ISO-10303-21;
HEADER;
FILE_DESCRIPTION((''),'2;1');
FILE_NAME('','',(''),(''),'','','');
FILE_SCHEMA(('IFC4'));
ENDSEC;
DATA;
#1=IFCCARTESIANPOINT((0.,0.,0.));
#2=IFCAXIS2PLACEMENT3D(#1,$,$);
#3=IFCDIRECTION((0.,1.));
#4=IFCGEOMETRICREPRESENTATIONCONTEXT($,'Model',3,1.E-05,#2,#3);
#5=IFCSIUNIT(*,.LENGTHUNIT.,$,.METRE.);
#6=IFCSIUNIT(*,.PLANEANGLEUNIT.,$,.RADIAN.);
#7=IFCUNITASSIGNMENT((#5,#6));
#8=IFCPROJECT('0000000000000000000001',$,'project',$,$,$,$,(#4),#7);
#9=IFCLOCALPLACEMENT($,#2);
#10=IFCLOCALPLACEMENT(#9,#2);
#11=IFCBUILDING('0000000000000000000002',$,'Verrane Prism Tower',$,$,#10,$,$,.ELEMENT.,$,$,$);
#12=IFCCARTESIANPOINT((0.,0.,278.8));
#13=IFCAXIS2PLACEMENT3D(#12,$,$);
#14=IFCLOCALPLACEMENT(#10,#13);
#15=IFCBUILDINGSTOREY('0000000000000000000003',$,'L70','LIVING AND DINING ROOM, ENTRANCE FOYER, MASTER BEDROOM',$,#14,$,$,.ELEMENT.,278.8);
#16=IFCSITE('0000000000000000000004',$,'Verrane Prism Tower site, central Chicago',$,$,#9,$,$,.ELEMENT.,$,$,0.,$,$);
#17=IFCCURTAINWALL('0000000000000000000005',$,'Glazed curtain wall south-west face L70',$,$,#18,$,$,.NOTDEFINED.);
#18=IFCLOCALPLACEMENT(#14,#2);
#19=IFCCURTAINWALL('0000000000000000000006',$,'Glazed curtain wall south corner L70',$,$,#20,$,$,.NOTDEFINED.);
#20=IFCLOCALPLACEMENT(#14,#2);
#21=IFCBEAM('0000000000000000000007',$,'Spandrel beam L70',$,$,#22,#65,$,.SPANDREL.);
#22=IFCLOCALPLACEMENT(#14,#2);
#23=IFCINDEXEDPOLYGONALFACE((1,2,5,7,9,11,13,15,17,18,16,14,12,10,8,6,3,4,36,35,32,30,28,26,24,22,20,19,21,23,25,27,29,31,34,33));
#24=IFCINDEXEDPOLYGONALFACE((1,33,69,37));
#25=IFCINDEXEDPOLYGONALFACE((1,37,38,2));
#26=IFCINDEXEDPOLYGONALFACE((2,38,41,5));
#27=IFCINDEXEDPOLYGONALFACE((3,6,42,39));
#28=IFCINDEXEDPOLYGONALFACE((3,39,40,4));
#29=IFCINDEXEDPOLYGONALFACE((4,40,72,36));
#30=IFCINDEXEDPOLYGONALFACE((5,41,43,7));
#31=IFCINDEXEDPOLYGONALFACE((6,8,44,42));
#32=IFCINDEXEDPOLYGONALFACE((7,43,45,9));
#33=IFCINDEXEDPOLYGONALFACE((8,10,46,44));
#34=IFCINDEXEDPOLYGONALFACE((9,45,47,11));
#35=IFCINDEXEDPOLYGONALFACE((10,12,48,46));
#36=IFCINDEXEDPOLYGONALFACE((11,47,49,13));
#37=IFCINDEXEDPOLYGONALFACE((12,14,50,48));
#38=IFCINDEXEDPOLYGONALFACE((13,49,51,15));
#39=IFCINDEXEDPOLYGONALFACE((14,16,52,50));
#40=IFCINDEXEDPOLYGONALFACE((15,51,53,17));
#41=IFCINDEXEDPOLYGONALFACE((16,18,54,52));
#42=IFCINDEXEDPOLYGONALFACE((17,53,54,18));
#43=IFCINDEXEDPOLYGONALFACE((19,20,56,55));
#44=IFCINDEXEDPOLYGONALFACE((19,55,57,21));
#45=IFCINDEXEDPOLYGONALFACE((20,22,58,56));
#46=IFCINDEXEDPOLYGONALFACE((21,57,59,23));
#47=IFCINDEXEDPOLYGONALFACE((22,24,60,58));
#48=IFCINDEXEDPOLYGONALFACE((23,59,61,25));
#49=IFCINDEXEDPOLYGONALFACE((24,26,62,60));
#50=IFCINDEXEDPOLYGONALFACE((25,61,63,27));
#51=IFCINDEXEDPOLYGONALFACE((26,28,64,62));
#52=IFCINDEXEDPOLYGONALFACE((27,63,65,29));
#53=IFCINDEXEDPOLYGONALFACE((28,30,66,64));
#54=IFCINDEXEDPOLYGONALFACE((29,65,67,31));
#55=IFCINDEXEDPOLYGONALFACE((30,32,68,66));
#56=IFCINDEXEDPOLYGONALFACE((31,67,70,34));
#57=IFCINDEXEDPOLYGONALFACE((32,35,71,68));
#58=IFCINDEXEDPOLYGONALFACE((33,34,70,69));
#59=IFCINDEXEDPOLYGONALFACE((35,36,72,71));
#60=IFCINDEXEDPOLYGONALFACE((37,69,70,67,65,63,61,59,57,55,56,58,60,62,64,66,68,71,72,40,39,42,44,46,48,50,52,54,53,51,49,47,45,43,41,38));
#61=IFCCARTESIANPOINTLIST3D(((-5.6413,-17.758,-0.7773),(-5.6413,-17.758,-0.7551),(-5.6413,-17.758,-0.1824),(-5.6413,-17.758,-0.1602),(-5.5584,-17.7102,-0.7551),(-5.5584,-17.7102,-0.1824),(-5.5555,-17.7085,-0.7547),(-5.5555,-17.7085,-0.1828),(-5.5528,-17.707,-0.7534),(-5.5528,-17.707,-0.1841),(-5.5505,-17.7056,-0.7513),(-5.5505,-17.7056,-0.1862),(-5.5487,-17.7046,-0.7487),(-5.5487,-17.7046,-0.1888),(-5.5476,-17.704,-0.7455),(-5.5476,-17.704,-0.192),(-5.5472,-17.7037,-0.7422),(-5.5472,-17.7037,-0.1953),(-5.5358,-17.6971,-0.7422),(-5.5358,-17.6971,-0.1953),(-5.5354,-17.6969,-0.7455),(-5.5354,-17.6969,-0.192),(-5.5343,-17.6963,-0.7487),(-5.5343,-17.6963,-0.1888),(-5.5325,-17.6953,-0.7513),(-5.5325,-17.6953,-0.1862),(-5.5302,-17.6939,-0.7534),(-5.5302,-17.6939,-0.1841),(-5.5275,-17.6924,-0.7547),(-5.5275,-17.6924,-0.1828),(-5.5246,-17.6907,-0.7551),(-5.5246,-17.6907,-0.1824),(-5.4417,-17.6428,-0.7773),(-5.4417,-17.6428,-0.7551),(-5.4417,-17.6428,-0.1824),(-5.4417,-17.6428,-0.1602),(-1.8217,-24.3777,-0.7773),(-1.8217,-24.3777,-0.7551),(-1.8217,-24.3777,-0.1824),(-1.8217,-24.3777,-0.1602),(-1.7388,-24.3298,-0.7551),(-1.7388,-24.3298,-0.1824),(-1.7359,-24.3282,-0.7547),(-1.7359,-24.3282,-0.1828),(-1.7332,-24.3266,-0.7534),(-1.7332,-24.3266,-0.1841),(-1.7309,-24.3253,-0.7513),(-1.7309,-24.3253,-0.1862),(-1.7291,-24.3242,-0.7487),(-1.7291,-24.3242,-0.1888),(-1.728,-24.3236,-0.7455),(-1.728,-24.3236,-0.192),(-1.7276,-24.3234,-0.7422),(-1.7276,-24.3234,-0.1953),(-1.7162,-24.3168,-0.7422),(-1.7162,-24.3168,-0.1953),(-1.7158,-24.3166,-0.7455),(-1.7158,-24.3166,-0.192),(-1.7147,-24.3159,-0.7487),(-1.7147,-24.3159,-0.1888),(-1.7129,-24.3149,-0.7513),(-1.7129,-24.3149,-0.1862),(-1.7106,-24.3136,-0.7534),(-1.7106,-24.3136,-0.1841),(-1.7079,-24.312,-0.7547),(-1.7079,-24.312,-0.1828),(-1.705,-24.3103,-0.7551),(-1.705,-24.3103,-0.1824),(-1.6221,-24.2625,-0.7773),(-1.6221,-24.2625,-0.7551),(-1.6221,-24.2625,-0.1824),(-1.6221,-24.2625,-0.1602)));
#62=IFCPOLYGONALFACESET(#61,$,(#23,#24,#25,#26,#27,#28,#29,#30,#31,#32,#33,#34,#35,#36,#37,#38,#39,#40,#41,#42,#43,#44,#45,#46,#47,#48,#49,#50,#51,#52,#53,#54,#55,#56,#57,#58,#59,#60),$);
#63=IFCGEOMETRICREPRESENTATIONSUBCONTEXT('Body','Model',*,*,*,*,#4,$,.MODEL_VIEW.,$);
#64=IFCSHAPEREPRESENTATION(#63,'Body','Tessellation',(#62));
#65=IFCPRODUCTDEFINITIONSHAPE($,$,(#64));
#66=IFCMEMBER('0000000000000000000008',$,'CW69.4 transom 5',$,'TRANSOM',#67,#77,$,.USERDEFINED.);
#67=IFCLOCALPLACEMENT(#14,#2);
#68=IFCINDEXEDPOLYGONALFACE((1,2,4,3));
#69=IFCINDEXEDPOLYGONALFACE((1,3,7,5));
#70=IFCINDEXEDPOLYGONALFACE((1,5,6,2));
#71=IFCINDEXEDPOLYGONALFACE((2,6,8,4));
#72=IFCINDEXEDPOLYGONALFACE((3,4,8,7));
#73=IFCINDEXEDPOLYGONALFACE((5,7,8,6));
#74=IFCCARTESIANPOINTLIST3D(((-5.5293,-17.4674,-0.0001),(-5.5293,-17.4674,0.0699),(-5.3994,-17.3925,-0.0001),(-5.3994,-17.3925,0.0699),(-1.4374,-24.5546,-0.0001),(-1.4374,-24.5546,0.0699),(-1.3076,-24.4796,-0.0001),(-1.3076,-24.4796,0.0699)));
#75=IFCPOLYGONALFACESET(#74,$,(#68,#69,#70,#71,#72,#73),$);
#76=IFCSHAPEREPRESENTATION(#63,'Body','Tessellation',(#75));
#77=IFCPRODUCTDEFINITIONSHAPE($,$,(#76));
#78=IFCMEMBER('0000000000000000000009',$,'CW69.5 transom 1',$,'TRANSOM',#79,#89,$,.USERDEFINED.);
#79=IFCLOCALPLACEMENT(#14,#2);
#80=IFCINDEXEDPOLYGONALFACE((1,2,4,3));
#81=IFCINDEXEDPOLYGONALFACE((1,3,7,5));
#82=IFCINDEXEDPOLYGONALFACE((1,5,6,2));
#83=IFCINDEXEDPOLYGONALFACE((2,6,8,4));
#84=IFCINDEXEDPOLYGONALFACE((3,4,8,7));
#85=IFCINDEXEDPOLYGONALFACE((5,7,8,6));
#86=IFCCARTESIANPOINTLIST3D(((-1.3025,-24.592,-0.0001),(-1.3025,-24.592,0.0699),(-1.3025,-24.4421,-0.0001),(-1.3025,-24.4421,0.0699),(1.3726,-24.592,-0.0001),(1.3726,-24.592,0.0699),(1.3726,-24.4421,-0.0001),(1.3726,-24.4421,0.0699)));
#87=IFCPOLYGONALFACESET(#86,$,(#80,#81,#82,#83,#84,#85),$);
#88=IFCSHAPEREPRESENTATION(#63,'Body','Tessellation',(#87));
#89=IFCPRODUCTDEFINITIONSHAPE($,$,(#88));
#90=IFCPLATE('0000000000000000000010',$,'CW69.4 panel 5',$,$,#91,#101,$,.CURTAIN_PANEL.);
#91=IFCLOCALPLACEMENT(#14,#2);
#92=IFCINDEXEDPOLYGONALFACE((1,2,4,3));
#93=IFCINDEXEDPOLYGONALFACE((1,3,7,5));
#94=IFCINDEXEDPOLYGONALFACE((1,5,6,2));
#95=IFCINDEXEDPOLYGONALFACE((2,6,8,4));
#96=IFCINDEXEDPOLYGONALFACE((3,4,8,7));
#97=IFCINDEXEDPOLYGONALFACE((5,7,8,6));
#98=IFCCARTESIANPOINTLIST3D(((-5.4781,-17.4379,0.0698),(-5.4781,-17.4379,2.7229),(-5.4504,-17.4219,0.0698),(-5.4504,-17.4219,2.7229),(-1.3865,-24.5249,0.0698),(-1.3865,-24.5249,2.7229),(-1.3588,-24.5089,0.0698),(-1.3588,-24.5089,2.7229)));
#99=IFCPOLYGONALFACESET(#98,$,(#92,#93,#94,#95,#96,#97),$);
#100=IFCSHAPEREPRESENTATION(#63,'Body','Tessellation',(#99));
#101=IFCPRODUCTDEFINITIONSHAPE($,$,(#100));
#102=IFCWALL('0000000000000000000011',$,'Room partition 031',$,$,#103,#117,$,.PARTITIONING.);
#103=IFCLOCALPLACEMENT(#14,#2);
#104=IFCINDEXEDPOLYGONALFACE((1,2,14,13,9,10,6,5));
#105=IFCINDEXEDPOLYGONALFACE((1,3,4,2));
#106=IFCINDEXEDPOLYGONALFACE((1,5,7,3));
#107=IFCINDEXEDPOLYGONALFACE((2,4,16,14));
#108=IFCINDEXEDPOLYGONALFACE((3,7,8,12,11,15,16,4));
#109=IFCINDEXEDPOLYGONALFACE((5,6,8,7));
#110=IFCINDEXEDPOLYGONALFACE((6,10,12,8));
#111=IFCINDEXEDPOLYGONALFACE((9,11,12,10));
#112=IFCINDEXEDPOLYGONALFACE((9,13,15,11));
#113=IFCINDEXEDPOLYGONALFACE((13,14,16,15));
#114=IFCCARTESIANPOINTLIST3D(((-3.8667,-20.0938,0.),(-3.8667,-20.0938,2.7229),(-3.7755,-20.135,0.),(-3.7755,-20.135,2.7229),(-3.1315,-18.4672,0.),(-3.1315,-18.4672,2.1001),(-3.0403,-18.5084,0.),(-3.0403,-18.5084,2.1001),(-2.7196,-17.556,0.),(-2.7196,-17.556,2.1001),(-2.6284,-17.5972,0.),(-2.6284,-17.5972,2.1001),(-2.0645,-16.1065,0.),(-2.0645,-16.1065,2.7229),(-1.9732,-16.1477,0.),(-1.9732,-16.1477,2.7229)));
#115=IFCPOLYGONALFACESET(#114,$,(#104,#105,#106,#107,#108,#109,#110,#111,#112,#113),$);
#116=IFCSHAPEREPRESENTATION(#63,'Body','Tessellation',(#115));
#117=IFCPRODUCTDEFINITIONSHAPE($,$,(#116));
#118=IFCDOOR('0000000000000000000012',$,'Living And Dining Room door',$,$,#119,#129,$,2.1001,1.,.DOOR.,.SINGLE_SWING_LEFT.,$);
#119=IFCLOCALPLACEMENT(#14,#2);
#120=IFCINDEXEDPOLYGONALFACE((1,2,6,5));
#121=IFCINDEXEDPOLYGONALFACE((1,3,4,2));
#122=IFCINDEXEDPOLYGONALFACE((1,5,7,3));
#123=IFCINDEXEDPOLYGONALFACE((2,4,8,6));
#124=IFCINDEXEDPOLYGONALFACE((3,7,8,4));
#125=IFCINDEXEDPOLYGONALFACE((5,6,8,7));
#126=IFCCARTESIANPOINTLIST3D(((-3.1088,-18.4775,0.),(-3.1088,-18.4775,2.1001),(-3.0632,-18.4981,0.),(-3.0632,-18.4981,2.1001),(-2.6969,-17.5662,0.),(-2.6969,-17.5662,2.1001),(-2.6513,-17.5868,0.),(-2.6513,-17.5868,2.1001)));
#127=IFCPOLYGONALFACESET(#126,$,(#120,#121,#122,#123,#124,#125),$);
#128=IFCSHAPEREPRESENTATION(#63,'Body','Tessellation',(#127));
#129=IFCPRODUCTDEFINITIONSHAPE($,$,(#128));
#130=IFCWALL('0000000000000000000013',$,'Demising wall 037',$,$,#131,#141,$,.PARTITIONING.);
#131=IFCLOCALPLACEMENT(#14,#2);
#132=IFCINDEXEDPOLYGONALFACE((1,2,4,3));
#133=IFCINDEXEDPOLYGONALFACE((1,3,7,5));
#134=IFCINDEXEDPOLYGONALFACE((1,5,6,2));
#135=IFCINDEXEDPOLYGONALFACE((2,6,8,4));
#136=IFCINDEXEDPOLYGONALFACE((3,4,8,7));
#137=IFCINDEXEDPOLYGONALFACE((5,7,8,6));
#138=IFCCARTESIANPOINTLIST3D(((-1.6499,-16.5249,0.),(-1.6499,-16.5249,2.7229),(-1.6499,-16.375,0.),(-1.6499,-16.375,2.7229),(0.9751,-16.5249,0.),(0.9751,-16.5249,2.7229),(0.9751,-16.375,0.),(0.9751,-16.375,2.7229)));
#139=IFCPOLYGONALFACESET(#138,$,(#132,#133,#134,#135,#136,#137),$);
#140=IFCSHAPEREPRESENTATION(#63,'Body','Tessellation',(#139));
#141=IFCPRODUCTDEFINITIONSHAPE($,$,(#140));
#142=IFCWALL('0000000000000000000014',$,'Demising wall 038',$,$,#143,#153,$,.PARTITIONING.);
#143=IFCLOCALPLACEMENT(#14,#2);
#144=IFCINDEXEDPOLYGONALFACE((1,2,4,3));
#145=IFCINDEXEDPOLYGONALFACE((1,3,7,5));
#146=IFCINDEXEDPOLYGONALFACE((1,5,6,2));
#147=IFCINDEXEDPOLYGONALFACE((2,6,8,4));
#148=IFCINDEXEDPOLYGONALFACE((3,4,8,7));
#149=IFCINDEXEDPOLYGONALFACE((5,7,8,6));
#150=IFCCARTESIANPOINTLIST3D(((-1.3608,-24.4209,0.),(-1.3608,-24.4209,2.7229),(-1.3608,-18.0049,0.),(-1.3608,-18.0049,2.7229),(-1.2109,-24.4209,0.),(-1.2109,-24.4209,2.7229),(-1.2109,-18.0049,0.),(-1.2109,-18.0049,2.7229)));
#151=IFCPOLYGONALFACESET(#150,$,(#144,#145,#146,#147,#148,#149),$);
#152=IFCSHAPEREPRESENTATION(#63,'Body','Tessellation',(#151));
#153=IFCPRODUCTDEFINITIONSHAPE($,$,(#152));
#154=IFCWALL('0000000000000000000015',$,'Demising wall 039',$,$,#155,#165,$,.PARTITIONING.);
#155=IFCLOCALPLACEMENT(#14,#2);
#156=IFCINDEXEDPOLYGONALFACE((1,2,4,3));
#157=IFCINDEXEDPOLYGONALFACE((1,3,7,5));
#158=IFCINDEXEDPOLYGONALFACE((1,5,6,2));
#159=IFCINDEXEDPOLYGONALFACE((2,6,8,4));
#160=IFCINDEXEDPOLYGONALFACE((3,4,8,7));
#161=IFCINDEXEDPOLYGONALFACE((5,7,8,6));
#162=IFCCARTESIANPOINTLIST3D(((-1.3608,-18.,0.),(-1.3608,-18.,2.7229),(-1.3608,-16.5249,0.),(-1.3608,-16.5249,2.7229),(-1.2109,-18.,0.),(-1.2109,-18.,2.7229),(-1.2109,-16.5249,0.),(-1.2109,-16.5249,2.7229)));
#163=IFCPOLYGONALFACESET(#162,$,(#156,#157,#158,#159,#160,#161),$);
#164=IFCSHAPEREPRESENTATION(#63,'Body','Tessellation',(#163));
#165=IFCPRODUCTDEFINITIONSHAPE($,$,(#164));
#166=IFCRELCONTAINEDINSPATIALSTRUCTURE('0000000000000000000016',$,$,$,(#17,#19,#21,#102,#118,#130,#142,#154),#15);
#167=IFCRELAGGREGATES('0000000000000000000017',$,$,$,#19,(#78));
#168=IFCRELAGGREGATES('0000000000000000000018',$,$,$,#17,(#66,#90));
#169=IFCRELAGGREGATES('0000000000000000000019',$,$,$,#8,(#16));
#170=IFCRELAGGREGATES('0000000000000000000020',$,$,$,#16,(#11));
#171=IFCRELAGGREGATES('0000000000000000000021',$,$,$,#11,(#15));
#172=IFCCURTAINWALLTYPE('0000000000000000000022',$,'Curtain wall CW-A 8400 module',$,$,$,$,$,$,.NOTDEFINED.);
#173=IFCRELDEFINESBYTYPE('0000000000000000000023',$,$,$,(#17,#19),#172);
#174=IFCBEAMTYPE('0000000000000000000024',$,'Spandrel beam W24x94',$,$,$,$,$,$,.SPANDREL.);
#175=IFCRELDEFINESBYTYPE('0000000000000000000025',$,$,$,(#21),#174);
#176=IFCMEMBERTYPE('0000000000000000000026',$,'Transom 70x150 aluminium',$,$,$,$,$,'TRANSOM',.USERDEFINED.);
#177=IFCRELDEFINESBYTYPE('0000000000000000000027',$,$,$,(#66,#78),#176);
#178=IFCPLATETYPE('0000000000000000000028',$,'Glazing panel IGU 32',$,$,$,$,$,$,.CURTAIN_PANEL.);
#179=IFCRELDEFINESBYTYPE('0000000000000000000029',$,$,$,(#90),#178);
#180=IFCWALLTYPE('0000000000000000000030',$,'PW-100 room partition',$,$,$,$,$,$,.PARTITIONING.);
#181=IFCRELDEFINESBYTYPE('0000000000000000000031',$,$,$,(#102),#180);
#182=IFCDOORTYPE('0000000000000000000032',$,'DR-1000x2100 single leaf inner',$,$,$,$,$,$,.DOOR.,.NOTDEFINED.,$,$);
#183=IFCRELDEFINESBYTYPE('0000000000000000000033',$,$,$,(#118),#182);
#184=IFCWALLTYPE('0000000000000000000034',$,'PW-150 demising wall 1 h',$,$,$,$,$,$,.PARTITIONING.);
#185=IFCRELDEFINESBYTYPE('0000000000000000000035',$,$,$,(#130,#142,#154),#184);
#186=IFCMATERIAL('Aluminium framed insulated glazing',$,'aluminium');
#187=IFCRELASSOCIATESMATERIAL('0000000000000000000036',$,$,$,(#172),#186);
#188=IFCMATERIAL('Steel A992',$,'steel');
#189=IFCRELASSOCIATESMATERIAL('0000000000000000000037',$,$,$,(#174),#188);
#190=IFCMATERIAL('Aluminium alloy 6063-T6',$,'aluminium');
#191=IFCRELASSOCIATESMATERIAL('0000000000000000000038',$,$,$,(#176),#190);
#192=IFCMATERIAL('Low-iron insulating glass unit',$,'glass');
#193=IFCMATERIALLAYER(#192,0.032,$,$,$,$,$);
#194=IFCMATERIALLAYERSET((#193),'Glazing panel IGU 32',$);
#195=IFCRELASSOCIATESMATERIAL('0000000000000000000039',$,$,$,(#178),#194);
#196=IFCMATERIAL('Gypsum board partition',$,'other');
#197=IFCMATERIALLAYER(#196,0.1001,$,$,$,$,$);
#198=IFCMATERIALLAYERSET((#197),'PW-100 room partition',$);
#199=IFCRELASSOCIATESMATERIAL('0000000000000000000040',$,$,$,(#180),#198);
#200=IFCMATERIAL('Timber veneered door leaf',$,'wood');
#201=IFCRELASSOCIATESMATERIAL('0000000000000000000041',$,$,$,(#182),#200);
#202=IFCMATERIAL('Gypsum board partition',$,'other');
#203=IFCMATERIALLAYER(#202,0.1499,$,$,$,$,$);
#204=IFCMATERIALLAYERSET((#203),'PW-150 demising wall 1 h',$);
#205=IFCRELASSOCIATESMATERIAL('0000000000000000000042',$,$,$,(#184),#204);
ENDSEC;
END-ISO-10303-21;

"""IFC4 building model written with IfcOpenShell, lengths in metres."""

from ifc_helpers import new_model, si_unit, direction, frame, frame_2d, origin, origin_2d, place, context, subcontext, project, spatial, rectangle, i_section, extrude, material, layer, layer_set, material_profile, profile_set, type_object, element, fill, aggregate, save


model = new_model("IFC4")

# Units and contexts
model_context = context("Model", 3, precision=1e-05, world=origin(), true_north=direction((0.0, 1.0)))
body_context = subcontext(model_context, "Body", "Model", "MODEL_VIEW")
ifc_project = project(units=[si_unit("LENGTHUNIT", "METRE"), si_unit("PLANEANGLEUNIT", "RADIAN")], contexts=[model_context])

# Site, building, storey
site_placement = place(None, origin())
site = spatial("IfcSite", under=ifc_project, at=site_placement, Name="Verrane Prism Tower site, central Chicago", CompositionType="ELEMENT", RefElevation=0.0)
building_placement = place(site_placement, origin())
building = spatial("IfcBuilding", under=site, at=building_placement, Name="Verrane Prism Tower", CompositionType="ELEMENT")
storey_placement = place(building_placement, frame((0.0, 0.0, 278.8)))
storey = spatial("IfcBuildingStorey", under=building, at=storey_placement, Name="L70", Description="LIVING AND DINING ROOM, ENTRANCE FOYER, MASTER BEDROOM", CompositionType="ELEMENT", Elevation=278.8)

# Curtain walls
ifc_material_1 = material(Name="Aluminium framed insulated glazing", Category="aluminium")
curtain_wall_type = type_object("IfcCurtainWallType", Name="Curtain wall CW-A 8400 module", PredefinedType="NOTDEFINED", material=ifc_material_1)
curtain_wall_1_placement = place(storey_placement, origin())
curtain_wall_1 = element("IfcCurtainWall", 1, at=curtain_wall_1_placement, inside=storey, type_object=curtain_wall_type, Name="Glazed curtain wall south-west face L70", PredefinedType="NOTDEFINED")
curtain_wall_2_placement = place(storey_placement, origin())
curtain_wall_2 = element("IfcCurtainWall", 2, at=curtain_wall_2_placement, inside=storey, type_object=curtain_wall_type, Name="Glazed curtain wall south corner L70", PredefinedType="NOTDEFINED")

# Beam
ifc_material_2 = material(Name="Steel A992", Category="steel")
ifc_material_profile_1 = material_profile(ifc_material_2, i_section(OverallWidth=0.2305, OverallDepth=0.6172, WebThickness=0.0132, FlangeThickness=0.0222, FilletRadius=0.0129, at=origin_2d()), Name="W24x94")
ifc_profile_set_1 = profile_set([ifc_material_profile_1], Name="Steel A992")
beam_type_1 = type_object("IfcBeamType", Name="Spandrel beam W24x94", PredefinedType="SPANDREL", material=ifc_profile_set_1)
beam_1_placement = place(storey_placement, frame((-5.5415, -17.7004, -0.4688), z_axis=(0.499778, -0.866154, 0.0), x_axis=(0.866154, 0.499778, 0.0)))
element("IfcBeam", 3, at=beam_1_placement, inside=storey, type_object=beam_type_1, Name="Spandrel beam L70", PredefinedType="SPANDREL", context=body_context, shape_type="SweptSolid", body=[
    extrude(i_section(OverallWidth=0.2305, OverallDepth=0.6172, WebThickness=0.0132, FlangeThickness=0.0222, FilletRadius=0.0129, at=origin_2d()), origin(), (0.0, 0.0, 1.0), 7.6426),
])

# Members
ifc_material_3 = material(Name="Aluminium alloy 6063-T6", Category="aluminium")
ifc_material_profile_2 = material_profile(ifc_material_3, rectangle(XDim=0.1499, YDim=0.0701, at=origin_2d()), Name="Transom 70x150 aluminium")
ifc_profile_set_2 = profile_set([ifc_material_profile_2], Name="Aluminium alloy 6063-T6")
member_type_1 = type_object("IfcMemberType", Name="Transom 70x150 aluminium", ElementType="TRANSOM", PredefinedType="USERDEFINED", material=ifc_profile_set_2)
member_1_placement = place(storey_placement, frame((-5.4644, -17.4299, 0.0349), z_axis=(0.500002, -0.866024, 0.0), x_axis=(0.866024, 0.500002, 0.0)))
member_1 = element("IfcMember", 4, at=member_1_placement, type_object=member_type_1, Name="CW69.4 transom 5", ObjectType="TRANSOM", PredefinedType="USERDEFINED", context=body_context, shape_type="SweptSolid", body=[
    extrude(rectangle(XDim=0.1499, YDim=0.0701, at=origin_2d()), origin(), (0.0, 0.0, 1.0), 8.1836),
])
member_2_placement = place(storey_placement, frame((-1.3025, -24.5171, 0.0349), z_axis=(1.0, 0.0, 0.0), x_axis=(0.0, 1.0, 0.0)))
member_2 = element("IfcMember", 5, at=member_2_placement, type_object=member_type_1, Name="CW69.5 transom 1", ObjectType="TRANSOM", PredefinedType="USERDEFINED", context=body_context, shape_type="SweptSolid", body=[
    extrude(rectangle(XDim=0.1499, YDim=0.0701, at=origin_2d()), origin(), (0.0, 0.0, 1.0), 2.675),
])
aggregate(curtain_wall_2, [member_2])

# Plate
ifc_material_4 = material(Name="Low-iron insulating glass unit", Category="glass")
ifc_layer_1 = layer(ifc_material_4, 0.032)
ifc_layer_set_1 = layer_set([ifc_layer_1], Name="Glazing panel IGU 32")
plate_type = type_object("IfcPlateType", Name="Glazing panel IGU 32", PredefinedType="CURTAIN_PANEL", material=ifc_layer_set_1)
plate_placement = place(storey_placement, frame((-3.4185, -20.9734, 0.0698), z_axis=(0.0, 0.0, 1.0), x_axis=(0.500001, -0.866025, 0.0)))
plate = element("IfcPlate", 6, at=plate_placement, type_object=plate_type, Name="CW69.4 panel 5", PredefinedType="CURTAIN_PANEL", context=body_context, shape_type="SweptSolid", body=[
    extrude(rectangle(XDim=8.1833, YDim=0.032, at=origin_2d()), origin(), (0.0, 0.0, 1.0), 2.6531),
])
aggregate(curtain_wall_1, [member_1, plate])

# Wall, opening, door
ifc_material_5 = material(Name="Gypsum board partition", Category="other")
ifc_layer_2 = layer(ifc_material_5, 0.1001)
ifc_layer_set_2 = layer_set([ifc_layer_2], Name="PW-100 room partition")
wall_type_1 = type_object("IfcWallType", Name="PW-100 room partition", PredefinedType="PARTITIONING", material=ifc_layer_set_2)
wall_1_placement = place(storey_placement, frame((-2.0188, -16.127, 0.0), z_axis=(0.0, 0.0, 1.0), x_axis=(-0.411877, -0.91124, 0.0)))
wall_1 = element("IfcWall", 7, at=wall_1_placement, inside=storey, type_object=wall_type_1, Name="Room partition 031", PredefinedType="PARTITIONING", context=body_context, shape_type="SweptSolid", body=[
    extrude(rectangle(XDim=4.3757, YDim=0.1001, at=frame_2d((2.188, 0.0))), origin(), (0.0, 0.0, 1.0), 2.7229),
])
opening_1_placement = place(wall_1_placement, frame((1.5908, 0.0, 0.0)))
opening_1 = element("IfcOpeningElement", 8, at=opening_1_placement, cuts=wall_1, PredefinedType="OPENING", context=body_context, shape_type="SweptSolid", body=[
    extrude(rectangle(XDim=1.0, YDim=2.1001, at=frame_2d((0.5, 1.05))), frame((0.0, 0.0601, 0.0), z_axis=(0.0, -1.0, 0.0), x_axis=(1.0, 0.0, 0.0)), (0.0, 0.0, 1.0), 0.1201),
])
ifc_material_6 = material(Name="Timber veneered door leaf", Category="wood")
door_type_1 = type_object("IfcDoorType", Name="DR-1000x2100 single leaf inner", OperationType="NOTDEFINED", PredefinedType="DOOR", material=ifc_material_6)
door_1_placement = place(opening_1_placement, origin())
door_1 = element("IfcDoor", 9, at=door_1_placement, inside=storey, type_object=door_type_1, Name="Living And Dining Room door", OperationType="SINGLE_SWING_LEFT", OverallHeight=2.1001, OverallWidth=1.0, PredefinedType="DOOR", context=body_context, shape_type="SweptSolid", body=[
    extrude(rectangle(XDim=1.0, YDim=2.1001, at=frame_2d((0.5, 1.05))), frame((0.0, 0.0249, 0.0), z_axis=(0.0, -1.0, 0.0), x_axis=(1.0, 0.0, 0.0)), (0.0, 0.0, 1.0), 0.05),
])
fill(opening_1, door_1)

# Walls
ifc_material_7 = material(Name="Gypsum board partition", Category="other")
ifc_layer_3 = layer(ifc_material_7, 0.1499)
ifc_layer_set_3 = layer_set([ifc_layer_3], Name="PW-150 demising wall 1 h")
wall_type_2 = type_object("IfcWallType", Name="PW-150 demising wall 1 h", PredefinedType="PARTITIONING", material=ifc_layer_set_3)
wall_2_placement = place(storey_placement, frame((-1.6499, -16.45, 0.0), z_axis=(0.0, 0.0, 1.0), x_axis=(1.0, 0.0, 0.0)))
element("IfcWall", 10, at=wall_2_placement, inside=storey, type_object=wall_type_2, Name="Demising wall 037", PredefinedType="PARTITIONING", context=body_context, shape_type="SweptSolid", body=[
    extrude(rectangle(XDim=2.625, YDim=0.1499, at=frame_2d((1.3125, 0.0))), origin(), (0.0, 0.0, 1.0), 2.7229),
])
wall_3_placement = place(storey_placement, frame((-1.2859, -24.4209, 0.0), z_axis=(0.0, 0.0, 1.0), x_axis=(0.0, 1.0, 0.0)))
element("IfcWall", 11, at=wall_3_placement, inside=storey, type_object=wall_type_2, Name="Demising wall 038", PredefinedType="PARTITIONING", context=body_context, shape_type="SweptSolid", body=[
    extrude(rectangle(XDim=6.416, YDim=0.1499, at=frame_2d((3.208, 0.0))), origin(), (0.0, 0.0, 1.0), 2.7229),
])
wall_4_placement = place(storey_placement, frame((-1.2859, -18.0, 0.0), z_axis=(0.0, 0.0, 1.0), x_axis=(0.0, 1.0, 0.0)))
element("IfcWall", 12, at=wall_4_placement, inside=storey, type_object=wall_type_2, Name="Demising wall 039", PredefinedType="PARTITIONING", context=body_context, shape_type="SweptSolid", body=[
    extrude(rectangle(XDim=1.4751, YDim=0.1499, at=frame_2d((0.7375, 0.0))), origin(), (0.0, 0.0, 1.0), 2.7229),
])

save(model, "model.ifc")
